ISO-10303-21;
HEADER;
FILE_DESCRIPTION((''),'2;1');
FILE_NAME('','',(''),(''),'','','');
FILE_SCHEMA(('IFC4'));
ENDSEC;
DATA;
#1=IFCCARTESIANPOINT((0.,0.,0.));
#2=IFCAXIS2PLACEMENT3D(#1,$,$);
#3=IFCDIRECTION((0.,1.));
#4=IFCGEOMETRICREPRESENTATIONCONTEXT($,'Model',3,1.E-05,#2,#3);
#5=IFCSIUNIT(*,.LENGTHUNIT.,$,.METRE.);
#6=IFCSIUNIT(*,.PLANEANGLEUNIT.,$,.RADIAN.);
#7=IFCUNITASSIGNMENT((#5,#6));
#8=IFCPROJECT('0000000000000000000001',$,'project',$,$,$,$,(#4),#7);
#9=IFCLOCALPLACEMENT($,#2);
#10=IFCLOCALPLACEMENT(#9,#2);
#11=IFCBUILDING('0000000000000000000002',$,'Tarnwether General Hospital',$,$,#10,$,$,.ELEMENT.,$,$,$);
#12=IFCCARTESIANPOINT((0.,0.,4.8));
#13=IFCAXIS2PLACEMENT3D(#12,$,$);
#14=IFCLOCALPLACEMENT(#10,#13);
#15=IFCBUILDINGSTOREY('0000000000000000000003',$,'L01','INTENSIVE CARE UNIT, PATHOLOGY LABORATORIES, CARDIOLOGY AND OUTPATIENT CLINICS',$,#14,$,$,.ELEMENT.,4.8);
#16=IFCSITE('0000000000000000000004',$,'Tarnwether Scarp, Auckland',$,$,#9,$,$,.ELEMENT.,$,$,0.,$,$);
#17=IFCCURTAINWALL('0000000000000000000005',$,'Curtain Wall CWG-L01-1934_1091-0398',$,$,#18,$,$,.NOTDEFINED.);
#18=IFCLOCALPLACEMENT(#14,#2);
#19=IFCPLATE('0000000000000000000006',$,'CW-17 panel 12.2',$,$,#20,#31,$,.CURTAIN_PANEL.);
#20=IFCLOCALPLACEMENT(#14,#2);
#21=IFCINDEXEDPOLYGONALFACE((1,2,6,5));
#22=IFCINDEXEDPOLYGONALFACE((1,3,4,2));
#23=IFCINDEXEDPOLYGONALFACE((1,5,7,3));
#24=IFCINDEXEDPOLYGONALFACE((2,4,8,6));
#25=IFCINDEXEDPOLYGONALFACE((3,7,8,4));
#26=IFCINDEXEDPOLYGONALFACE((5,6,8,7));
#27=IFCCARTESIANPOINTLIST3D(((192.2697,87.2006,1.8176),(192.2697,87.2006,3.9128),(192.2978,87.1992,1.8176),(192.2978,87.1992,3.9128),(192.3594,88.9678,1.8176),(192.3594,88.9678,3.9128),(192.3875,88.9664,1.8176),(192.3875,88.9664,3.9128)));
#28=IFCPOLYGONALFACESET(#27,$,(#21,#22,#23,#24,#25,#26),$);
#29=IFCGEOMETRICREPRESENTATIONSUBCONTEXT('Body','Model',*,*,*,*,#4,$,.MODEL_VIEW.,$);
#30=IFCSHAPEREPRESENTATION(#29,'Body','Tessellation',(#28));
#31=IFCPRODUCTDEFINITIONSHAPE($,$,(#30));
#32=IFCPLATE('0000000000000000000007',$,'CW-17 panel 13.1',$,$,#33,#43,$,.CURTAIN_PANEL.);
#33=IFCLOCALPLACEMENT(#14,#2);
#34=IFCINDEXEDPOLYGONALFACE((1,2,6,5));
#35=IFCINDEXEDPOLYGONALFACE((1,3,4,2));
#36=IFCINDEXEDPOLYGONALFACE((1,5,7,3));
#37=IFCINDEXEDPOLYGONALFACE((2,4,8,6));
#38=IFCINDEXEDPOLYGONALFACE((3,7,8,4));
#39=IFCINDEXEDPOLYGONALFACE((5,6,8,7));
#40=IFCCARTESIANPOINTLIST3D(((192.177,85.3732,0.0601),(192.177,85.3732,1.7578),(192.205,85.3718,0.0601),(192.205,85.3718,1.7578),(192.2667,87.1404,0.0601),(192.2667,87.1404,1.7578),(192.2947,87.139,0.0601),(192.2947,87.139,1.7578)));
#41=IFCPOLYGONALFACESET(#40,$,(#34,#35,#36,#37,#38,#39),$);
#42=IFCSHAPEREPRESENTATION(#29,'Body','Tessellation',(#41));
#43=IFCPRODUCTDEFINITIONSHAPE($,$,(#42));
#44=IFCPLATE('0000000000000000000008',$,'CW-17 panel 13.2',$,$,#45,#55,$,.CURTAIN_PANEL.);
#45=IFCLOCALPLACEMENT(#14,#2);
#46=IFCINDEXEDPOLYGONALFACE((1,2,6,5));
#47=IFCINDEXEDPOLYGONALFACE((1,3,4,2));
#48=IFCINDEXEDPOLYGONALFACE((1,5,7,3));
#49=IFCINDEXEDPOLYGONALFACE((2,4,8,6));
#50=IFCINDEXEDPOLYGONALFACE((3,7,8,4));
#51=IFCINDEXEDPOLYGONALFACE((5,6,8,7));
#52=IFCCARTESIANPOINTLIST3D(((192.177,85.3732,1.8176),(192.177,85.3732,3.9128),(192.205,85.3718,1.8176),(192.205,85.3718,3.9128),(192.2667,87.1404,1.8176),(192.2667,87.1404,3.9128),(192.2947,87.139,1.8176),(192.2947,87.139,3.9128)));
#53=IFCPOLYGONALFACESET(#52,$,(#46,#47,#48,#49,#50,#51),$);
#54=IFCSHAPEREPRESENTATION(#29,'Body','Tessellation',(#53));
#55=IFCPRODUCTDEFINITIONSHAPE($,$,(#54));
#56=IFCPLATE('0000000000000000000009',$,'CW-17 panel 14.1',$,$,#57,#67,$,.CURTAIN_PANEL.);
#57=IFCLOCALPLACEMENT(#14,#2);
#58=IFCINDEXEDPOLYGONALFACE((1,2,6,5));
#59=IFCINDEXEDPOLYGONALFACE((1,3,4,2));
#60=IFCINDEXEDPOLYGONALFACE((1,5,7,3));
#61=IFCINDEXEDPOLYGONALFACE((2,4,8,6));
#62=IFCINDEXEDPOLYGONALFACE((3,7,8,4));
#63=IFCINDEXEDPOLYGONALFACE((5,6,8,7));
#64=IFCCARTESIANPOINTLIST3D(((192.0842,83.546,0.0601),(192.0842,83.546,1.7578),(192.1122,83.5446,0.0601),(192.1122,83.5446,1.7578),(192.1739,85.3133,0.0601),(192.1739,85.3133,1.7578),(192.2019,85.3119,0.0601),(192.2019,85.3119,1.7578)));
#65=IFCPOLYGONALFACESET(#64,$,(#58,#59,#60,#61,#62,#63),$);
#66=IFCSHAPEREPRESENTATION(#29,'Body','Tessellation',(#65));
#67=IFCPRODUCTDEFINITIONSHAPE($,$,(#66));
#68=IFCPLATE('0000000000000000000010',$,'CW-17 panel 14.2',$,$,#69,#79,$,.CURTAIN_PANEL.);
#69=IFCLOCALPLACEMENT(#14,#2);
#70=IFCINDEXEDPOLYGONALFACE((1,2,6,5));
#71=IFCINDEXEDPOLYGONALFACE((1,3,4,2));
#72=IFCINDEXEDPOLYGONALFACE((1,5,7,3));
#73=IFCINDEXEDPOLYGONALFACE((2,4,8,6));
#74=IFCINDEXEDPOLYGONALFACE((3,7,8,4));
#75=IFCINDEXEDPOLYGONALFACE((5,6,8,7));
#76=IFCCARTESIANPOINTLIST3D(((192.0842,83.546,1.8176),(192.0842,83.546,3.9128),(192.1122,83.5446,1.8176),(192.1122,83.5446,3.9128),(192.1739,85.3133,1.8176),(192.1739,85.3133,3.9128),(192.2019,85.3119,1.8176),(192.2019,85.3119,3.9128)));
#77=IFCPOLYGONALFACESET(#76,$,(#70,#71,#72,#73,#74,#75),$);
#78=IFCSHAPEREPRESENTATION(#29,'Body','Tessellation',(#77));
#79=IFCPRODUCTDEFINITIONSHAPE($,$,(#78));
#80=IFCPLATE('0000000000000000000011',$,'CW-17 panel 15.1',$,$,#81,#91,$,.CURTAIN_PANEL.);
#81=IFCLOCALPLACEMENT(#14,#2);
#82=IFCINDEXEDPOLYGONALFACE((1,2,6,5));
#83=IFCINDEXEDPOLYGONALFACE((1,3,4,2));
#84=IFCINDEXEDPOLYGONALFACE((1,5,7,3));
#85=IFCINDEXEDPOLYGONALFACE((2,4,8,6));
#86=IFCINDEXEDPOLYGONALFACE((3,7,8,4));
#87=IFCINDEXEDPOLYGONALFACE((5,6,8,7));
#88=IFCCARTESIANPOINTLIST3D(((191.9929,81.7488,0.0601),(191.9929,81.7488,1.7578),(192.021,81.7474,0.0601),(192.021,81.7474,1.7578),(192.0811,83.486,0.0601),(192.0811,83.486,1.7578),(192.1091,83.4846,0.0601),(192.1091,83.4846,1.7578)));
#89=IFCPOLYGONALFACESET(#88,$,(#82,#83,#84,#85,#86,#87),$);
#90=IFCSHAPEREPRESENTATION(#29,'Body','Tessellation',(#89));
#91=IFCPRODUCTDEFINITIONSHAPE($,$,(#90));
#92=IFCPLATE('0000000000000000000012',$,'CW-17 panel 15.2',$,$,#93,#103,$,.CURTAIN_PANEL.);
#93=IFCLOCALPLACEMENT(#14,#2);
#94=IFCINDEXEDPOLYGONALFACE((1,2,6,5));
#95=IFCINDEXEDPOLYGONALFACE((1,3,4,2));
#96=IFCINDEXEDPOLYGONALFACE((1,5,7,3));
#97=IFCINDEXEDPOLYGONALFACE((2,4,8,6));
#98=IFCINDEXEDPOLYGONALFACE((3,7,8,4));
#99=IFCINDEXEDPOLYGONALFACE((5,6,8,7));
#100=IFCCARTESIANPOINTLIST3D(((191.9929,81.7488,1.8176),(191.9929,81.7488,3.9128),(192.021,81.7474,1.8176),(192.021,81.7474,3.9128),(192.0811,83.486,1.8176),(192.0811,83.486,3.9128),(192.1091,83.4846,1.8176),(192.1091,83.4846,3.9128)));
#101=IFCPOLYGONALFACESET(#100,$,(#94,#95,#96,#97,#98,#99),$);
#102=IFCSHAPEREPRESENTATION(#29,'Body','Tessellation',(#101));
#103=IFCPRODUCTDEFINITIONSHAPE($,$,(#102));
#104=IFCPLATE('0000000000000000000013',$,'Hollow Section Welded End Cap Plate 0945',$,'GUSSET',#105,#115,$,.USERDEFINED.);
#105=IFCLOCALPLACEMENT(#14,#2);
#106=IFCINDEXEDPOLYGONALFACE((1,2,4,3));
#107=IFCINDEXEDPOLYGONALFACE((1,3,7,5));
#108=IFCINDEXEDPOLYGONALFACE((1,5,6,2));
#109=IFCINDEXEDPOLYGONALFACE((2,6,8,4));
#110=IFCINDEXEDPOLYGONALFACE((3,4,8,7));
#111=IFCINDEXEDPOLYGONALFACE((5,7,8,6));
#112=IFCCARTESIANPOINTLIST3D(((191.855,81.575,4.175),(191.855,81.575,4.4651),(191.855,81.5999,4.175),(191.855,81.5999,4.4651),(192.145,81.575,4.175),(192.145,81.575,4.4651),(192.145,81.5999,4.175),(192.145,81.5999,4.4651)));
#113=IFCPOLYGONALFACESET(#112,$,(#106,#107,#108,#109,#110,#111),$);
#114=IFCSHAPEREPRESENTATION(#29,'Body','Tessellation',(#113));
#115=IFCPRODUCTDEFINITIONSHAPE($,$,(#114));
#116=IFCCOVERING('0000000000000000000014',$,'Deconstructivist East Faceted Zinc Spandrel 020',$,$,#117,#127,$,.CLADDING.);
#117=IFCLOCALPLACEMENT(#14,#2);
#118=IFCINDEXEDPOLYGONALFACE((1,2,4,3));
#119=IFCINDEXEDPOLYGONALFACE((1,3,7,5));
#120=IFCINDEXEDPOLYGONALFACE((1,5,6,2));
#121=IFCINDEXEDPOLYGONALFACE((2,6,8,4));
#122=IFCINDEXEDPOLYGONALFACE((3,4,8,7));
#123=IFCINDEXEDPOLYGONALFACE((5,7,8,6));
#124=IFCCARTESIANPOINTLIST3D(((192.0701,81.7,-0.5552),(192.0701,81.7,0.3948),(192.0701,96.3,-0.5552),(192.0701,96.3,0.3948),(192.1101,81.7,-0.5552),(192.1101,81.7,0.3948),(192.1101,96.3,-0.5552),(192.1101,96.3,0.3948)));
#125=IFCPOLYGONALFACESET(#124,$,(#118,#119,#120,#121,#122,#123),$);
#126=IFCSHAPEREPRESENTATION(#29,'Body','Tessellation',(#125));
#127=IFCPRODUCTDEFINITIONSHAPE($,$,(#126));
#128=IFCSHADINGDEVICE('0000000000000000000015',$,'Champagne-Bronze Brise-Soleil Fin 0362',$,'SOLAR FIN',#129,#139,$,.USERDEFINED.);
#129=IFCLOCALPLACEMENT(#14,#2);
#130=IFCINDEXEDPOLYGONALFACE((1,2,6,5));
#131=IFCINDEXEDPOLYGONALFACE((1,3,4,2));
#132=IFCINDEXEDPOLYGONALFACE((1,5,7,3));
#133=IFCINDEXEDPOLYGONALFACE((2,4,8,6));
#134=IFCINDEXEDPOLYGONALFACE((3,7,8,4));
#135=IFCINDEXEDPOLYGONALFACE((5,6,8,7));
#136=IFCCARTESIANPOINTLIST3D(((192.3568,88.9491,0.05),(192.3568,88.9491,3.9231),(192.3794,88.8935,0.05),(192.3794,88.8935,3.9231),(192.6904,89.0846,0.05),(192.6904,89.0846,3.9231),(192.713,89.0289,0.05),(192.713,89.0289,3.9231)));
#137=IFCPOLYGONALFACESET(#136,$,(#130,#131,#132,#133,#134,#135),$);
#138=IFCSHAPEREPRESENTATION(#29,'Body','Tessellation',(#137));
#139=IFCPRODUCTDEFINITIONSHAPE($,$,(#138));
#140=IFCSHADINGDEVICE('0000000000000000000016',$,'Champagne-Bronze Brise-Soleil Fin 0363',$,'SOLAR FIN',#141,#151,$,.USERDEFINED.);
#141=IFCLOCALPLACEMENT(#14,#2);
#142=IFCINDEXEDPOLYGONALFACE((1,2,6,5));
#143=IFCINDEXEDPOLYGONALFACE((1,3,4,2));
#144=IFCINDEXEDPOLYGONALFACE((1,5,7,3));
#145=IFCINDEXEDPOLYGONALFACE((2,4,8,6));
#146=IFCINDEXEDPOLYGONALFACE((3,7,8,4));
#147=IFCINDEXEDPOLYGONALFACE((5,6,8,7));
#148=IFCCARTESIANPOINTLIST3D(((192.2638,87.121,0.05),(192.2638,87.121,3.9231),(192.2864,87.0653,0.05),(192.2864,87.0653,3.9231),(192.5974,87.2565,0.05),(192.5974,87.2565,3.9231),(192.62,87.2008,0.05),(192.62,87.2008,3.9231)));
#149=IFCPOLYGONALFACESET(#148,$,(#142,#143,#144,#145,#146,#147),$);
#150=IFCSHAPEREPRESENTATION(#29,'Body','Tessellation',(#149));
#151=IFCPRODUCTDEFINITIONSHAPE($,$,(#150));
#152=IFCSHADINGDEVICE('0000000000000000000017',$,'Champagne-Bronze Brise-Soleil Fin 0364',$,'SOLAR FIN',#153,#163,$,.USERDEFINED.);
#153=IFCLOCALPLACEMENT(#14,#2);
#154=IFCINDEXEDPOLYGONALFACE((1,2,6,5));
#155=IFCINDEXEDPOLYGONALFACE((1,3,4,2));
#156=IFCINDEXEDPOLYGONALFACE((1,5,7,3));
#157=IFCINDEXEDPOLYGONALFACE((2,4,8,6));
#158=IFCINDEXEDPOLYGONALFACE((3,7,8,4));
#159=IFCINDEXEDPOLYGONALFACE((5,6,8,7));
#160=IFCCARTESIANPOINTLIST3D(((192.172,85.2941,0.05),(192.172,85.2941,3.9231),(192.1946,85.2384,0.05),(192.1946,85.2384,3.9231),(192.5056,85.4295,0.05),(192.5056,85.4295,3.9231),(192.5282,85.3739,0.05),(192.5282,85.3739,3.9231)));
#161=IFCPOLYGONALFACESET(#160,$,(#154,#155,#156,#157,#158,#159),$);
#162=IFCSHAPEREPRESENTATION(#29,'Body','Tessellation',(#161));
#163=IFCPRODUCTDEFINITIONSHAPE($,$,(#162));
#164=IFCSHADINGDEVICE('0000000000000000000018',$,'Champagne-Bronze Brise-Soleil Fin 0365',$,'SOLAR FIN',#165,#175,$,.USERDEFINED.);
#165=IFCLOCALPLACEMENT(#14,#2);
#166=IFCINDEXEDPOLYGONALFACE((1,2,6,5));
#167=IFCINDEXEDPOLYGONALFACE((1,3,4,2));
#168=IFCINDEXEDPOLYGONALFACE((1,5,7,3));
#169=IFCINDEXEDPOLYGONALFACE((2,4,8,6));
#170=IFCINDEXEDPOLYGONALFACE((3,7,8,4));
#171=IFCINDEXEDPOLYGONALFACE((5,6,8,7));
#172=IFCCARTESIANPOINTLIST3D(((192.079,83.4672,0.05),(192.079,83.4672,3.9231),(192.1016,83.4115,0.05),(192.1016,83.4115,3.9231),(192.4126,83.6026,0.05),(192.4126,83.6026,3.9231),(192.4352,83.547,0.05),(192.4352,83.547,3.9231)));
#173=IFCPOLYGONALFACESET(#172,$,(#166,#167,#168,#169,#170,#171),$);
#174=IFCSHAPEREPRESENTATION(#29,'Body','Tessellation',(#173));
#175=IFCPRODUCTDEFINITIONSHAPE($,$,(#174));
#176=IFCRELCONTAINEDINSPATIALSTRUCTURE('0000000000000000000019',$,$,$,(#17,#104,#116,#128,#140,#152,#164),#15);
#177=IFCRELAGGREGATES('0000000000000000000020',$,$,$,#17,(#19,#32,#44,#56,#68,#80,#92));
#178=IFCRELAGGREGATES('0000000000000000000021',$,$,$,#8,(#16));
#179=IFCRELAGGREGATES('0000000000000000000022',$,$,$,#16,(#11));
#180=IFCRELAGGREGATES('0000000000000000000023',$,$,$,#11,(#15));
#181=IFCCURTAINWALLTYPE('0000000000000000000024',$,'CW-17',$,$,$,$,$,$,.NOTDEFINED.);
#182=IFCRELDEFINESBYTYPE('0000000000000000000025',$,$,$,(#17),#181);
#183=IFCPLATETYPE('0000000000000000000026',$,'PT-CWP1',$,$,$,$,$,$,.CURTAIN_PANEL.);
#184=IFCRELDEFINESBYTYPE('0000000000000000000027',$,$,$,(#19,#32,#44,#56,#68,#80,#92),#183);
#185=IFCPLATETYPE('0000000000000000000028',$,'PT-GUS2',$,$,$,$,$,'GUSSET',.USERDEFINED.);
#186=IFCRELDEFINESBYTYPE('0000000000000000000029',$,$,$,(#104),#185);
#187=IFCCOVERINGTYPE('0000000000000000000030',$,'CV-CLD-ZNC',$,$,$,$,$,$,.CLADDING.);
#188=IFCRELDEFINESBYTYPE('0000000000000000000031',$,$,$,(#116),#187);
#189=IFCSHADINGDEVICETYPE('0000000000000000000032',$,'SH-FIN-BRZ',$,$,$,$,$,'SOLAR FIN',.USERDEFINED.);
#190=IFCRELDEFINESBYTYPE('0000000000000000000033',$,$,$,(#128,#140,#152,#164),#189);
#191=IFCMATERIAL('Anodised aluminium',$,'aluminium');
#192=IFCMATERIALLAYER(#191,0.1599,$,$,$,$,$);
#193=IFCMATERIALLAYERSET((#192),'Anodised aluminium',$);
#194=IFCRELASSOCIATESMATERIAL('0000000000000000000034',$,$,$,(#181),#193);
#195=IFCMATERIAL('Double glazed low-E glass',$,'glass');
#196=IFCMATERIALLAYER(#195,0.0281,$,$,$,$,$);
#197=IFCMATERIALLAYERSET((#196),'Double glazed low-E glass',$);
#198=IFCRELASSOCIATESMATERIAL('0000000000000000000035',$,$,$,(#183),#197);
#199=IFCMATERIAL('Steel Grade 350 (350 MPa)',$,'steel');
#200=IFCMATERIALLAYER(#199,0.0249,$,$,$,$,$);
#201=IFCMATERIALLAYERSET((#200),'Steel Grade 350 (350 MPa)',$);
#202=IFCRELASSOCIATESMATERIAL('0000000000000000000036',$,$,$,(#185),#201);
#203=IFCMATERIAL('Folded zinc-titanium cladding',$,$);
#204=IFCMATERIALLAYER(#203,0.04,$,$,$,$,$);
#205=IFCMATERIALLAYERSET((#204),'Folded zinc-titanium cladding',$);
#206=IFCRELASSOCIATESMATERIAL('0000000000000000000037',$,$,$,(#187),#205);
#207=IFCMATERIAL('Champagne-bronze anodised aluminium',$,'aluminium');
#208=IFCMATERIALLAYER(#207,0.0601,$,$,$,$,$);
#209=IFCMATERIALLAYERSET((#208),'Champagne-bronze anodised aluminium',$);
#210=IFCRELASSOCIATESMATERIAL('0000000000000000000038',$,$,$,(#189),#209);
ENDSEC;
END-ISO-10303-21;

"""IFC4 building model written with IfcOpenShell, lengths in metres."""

from ifc_helpers import new_model, si_unit, direction, frame, origin, origin_2d, place, context, subcontext, project, spatial, rectangle, extrude, material, layer, layer_set, type_object, element, aggregate, save


model = new_model("IFC4")

# Units and contexts
model_context = context("Model", 3, precision=1e-05, world=origin(), true_north=direction((0.0, 1.0)))
body_context = subcontext(model_context, "Body", "Model", "MODEL_VIEW")
ifc_project = project(units=[si_unit("LENGTHUNIT", "METRE"), si_unit("PLANEANGLEUNIT", "RADIAN")], contexts=[model_context])

# Site, building, storey
site_placement = place(None, origin())
site = spatial("IfcSite", under=ifc_project, at=site_placement, Name="Tarnwether Scarp, Auckland", CompositionType="ELEMENT", RefElevation=0.0)
building_placement = place(site_placement, origin())
building = spatial("IfcBuilding", under=site, at=building_placement, Name="Tarnwether General Hospital", CompositionType="ELEMENT")
storey_placement = place(building_placement, frame((0.0, 0.0, 4.8)))
storey = spatial("IfcBuildingStorey", under=building, at=storey_placement, Name="L01", Description="INTENSIVE CARE UNIT, PATHOLOGY LABORATORIES, CARDIOLOGY AND OUTPATIENT CLINICS", CompositionType="ELEMENT", Elevation=4.8)

# Shared definitions
ifc_material_1 = material(Name="Anodised aluminium", Category="aluminium")
ifc_layer_1 = layer(ifc_material_1, 0.1599)
ifc_layer_set_1 = layer_set([ifc_layer_1], Name="Anodised aluminium")
curtain_wall_type = type_object("IfcCurtainWallType", Name="CW-17", PredefinedType="NOTDEFINED", material=ifc_layer_set_1)

# Curtain wall
curtain_wall_1_placement = place(storey_placement, origin())
curtain_wall_1 = element("IfcCurtainWall", 1, at=curtain_wall_1_placement, inside=storey, type_object=curtain_wall_type, Name="Curtain Wall CWG-L01-1934_1091-0398", PredefinedType="NOTDEFINED")

# Plates
ifc_material_2 = material(Name="Double glazed low-E glass", Category="glass")
ifc_layer_2 = layer(ifc_material_2, 0.0281)
ifc_layer_set_2 = layer_set([ifc_layer_2], Name="Double glazed low-E glass")
plate_type_1 = type_object("IfcPlateType", Name="PT-CWP1", PredefinedType="CURTAIN_PANEL", material=ifc_layer_set_2)
plate_1_placement = place(storey_placement, frame((192.3286, 88.0835, 1.8176), z_axis=(0.0, 0.0, 1.0), x_axis=(-0.050685, -0.998715, 0.0)))
plate_1 = element("IfcPlate", 2, at=plate_1_placement, type_object=plate_type_1, Name="CW-17 panel 12.2", PredefinedType="CURTAIN_PANEL", context=body_context, shape_type="SweptSolid", body=[
    extrude(rectangle(XDim=1.7695, YDim=0.0281, at=origin_2d()), origin(), (0.0, 0.0, 1.0), 2.0952),
])
plate_2_placement = place(storey_placement, frame((192.2358, 86.2561, 0.0601), z_axis=(0.0, 0.0, 1.0), x_axis=(-0.050685, -0.998715, 0.0)))
plate_2 = element("IfcPlate", 3, at=plate_2_placement, type_object=plate_type_1, Name="CW-17 panel 13.1", PredefinedType="CURTAIN_PANEL", context=body_context, shape_type="SweptSolid", body=[
    extrude(rectangle(XDim=1.7695, YDim=0.0281, at=origin_2d()), origin(), (0.0, 0.0, 1.0), 1.6978),
])
plate_3_placement = place(storey_placement, frame((192.2358, 86.2561, 1.8176), z_axis=(0.0, 0.0, 1.0), x_axis=(-0.050685, -0.998715, 0.0)))
plate_3 = element("IfcPlate", 4, at=plate_3_placement, type_object=plate_type_1, Name="CW-17 panel 13.2", PredefinedType="CURTAIN_PANEL", context=body_context, shape_type="SweptSolid", body=[
    extrude(rectangle(XDim=1.7695, YDim=0.0281, at=origin_2d()), origin(), (0.0, 0.0, 1.0), 2.0952),
])
plate_4_placement = place(storey_placement, frame((192.1431, 84.429, 0.0601), z_axis=(0.0, 0.0, 1.0), x_axis=(-0.050685, -0.998715, 0.0)))
plate_4 = element("IfcPlate", 5, at=plate_4_placement, type_object=plate_type_1, Name="CW-17 panel 14.1", PredefinedType="CURTAIN_PANEL", context=body_context, shape_type="SweptSolid", body=[
    extrude(rectangle(XDim=1.7695, YDim=0.0281, at=origin_2d()), origin(), (0.0, 0.0, 1.0), 1.6978),
])
plate_5_placement = place(storey_placement, frame((192.1431, 84.429, 1.8176), z_axis=(0.0, 0.0, 1.0), x_axis=(-0.050685, -0.998715, 0.0)))
plate_5 = element("IfcPlate", 6, at=plate_5_placement, type_object=plate_type_1, Name="CW-17 panel 14.2", PredefinedType="CURTAIN_PANEL", context=body_context, shape_type="SweptSolid", body=[
    extrude(rectangle(XDim=1.7695, YDim=0.0281, at=origin_2d()), origin(), (0.0, 0.0, 1.0), 2.0952),
])
plate_6_placement = place(storey_placement, frame((192.051, 82.6167, 0.0601), z_axis=(0.0, 0.0, 1.0), x_axis=(-0.050685, -0.998715, 0.0)))
plate_6 = element("IfcPlate", 7, at=plate_6_placement, type_object=plate_type_1, Name="CW-17 panel 15.1", PredefinedType="CURTAIN_PANEL", context=body_context, shape_type="SweptSolid", body=[
    extrude(rectangle(XDim=1.7395, YDim=0.0281, at=origin_2d()), origin(), (0.0, 0.0, 1.0), 1.6978),
])
plate_7_placement = place(storey_placement, frame((192.051, 82.6167, 1.8176), z_axis=(0.0, 0.0, 1.0), x_axis=(-0.050685, -0.998715, 0.0)))
plate_7 = element("IfcPlate", 8, at=plate_7_placement, type_object=plate_type_1, Name="CW-17 panel 15.2", PredefinedType="CURTAIN_PANEL", context=body_context, shape_type="SweptSolid", body=[
    extrude(rectangle(XDim=1.7395, YDim=0.0281, at=origin_2d()), origin(), (0.0, 0.0, 1.0), 2.0952),
])
aggregate(curtain_wall_1, [plate_1, plate_2, plate_3, plate_4, plate_5, plate_6, plate_7])
ifc_material_3 = material(Name="Steel Grade 350 (350 MPa)", Category="steel")
ifc_layer_3 = layer(ifc_material_3, 0.0249)
ifc_layer_set_3 = layer_set([ifc_layer_3], Name="Steel Grade 350 (350 MPa)")
plate_type_2 = type_object("IfcPlateType", Name="PT-GUS2", ElementType="GUSSET", PredefinedType="USERDEFINED", material=ifc_layer_set_3)
plate_8_placement = place(storey_placement, frame((192.0, 81.5874, 4.175), z_axis=(0.0, 0.0, 1.0), x_axis=(0.0, 1.0, 0.0)))
element("IfcPlate", 9, at=plate_8_placement, inside=storey, type_object=plate_type_2, Name="Hollow Section Welded End Cap Plate 0945", ObjectType="GUSSET", PredefinedType="USERDEFINED", context=body_context, shape_type="SweptSolid", body=[
    extrude(rectangle(XDim=0.0249, YDim=0.29, at=origin_2d()), origin(), (0.0, 0.0, 1.0), 0.29),
])

# Covering
ifc_material_4 = material(Name="Folded zinc-titanium cladding")
ifc_layer_4 = layer(ifc_material_4, 0.04)
ifc_layer_set_4 = layer_set([ifc_layer_4], Name="Folded zinc-titanium cladding")
covering_type = type_object("IfcCoveringType", Name="CV-CLD-ZNC", PredefinedType="CLADDING", material=ifc_layer_set_4)
covering_placement = place(storey_placement, frame((192.0901, 89.0, -0.5552), z_axis=(0.0, 0.0, 1.0), x_axis=(0.0, 1.0, 0.0)))
element("IfcCovering", 10, at=covering_placement, inside=storey, type_object=covering_type, Name="Deconstructivist East Faceted Zinc Spandrel 020", PredefinedType="CLADDING", context=body_context, shape_type="SweptSolid", body=[
    extrude(rectangle(XDim=14.6001, YDim=0.04, at=origin_2d()), origin(), (0.0, 0.0, 1.0), 0.95),
])

# Shading devices
ifc_material_5 = material(Name="Champagne-bronze anodised aluminium", Category="aluminium")
ifc_layer_5 = layer(ifc_material_5, 0.0601)
ifc_layer_set_5 = layer_set([ifc_layer_5], Name="Champagne-bronze anodised aluminium")
shading_device_type = type_object("IfcShadingDeviceType", Name="SH-FIN-BRZ", ElementType="SOLAR FIN", PredefinedType="USERDEFINED", material=ifc_layer_set_5)
for number, where, z_axis, x_axis, name in (
    (11, (192.5349, 88.989, 0.05), (0.0, 0.0, 1.0), (0.376224, -0.926529, 0.0), "Champagne-Bronze Brise-Soleil Fin 0362"),
    (12, (192.4419, 87.1609, 0.05), (0.0, 0.0, 1.0), (0.376224, -0.926529, 0.0), "Champagne-Bronze Brise-Soleil Fin 0363"),
    (13, (192.3501, 85.334, 0.05), (0.0, 0.0, 1.0), (0.376224, -0.926529, 0.0), "Champagne-Bronze Brise-Soleil Fin 0364"),
    (14, (192.2571, 83.5071, 0.05), (0.0, 0.0, 1.0), (0.376224, -0.926529, 0.0), "Champagne-Bronze Brise-Soleil Fin 0365"),
):
    element("IfcShadingDevice", number, at=place(storey_placement, frame(where, z_axis=z_axis, x_axis=x_axis)), inside=storey, type_object=shading_device_type, Name=name, ObjectType="SOLAR FIN", PredefinedType="USERDEFINED", context=body_context, shape_type="SweptSolid", body=[
        extrude(rectangle(XDim=0.0601, YDim=0.3601, at=origin_2d()), origin(), (0.0, 0.0, 1.0), 3.873),
    ])

save(model, "model.ifc")
